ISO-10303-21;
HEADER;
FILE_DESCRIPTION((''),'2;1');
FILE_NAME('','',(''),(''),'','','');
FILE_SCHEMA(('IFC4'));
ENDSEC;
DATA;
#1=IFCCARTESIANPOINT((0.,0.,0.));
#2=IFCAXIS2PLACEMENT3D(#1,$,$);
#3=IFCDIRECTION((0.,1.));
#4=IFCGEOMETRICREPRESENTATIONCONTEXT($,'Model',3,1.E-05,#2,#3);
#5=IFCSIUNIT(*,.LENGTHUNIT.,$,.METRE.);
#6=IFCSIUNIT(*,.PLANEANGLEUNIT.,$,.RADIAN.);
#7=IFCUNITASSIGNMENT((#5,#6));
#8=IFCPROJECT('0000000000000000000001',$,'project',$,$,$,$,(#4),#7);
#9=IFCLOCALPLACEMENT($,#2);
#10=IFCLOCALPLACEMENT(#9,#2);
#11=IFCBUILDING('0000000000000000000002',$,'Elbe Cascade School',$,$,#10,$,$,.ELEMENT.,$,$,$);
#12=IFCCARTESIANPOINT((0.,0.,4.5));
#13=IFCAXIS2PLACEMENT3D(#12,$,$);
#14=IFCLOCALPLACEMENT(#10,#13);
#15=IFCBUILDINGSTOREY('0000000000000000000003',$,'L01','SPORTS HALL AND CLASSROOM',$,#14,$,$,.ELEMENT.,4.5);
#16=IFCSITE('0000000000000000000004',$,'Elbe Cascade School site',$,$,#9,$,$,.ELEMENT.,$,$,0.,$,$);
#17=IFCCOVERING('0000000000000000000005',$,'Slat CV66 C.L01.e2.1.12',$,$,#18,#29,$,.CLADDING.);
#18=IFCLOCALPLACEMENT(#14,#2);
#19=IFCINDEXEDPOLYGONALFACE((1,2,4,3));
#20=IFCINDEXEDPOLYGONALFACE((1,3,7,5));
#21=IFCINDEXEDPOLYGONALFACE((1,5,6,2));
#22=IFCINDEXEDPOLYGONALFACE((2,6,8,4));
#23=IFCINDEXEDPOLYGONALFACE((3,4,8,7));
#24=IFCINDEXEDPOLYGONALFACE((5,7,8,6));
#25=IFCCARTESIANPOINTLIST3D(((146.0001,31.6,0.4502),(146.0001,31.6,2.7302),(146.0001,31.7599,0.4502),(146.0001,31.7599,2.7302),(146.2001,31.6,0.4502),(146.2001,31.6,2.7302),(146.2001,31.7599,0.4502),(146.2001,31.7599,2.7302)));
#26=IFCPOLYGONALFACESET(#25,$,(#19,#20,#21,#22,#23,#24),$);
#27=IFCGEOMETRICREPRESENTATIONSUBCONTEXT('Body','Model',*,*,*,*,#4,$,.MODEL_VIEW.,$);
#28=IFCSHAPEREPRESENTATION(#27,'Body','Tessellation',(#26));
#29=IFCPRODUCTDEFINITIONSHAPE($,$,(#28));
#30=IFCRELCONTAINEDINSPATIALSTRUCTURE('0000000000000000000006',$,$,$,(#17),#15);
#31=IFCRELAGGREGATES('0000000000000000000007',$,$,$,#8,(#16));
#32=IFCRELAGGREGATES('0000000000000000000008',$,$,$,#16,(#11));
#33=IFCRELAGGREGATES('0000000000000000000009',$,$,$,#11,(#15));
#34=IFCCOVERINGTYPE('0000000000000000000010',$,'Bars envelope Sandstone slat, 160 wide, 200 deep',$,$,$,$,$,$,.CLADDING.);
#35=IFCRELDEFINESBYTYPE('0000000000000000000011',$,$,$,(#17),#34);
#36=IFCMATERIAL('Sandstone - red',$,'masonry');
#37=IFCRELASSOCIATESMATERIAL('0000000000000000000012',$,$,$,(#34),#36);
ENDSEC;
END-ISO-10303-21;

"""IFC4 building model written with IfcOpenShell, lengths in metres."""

from ifc_helpers import new_model, si_unit, direction, frame, origin, origin_2d, place, context, subcontext, project, spatial, rectangle, extrude, material, type_object, element, save


model = new_model("IFC4")

# Units and contexts
model_context = context("Model", 3, precision=1e-05, world=origin(), true_north=direction((0.0, 1.0)))
body_context = subcontext(model_context, "Body", "Model", "MODEL_VIEW")
ifc_project = project(units=[si_unit("LENGTHUNIT", "METRE"), si_unit("PLANEANGLEUNIT", "RADIAN")], contexts=[model_context])

# Site, building, storey
site_placement = place(None, origin())
site = spatial("IfcSite", under=ifc_project, at=site_placement, Name="Elbe Cascade School site", CompositionType="ELEMENT", RefElevation=0.0)
building_placement = place(site_placement, origin())
building = spatial("IfcBuilding", under=site, at=building_placement, Name="Elbe Cascade School", CompositionType="ELEMENT")
storey_placement = place(building_placement, frame((0.0, 0.0, 4.5)))
storey = spatial("IfcBuildingStorey", under=building, at=storey_placement, Name="L01", Description="SPORTS HALL AND CLASSROOM", CompositionType="ELEMENT", Elevation=4.5)

# Covering
ifc_material_1 = material(Name="Sandstone - red", Category="masonry")
covering_type_1 = type_object("IfcCoveringType", Name="Bars envelope Sandstone slat, 160 wide, 200 deep", PredefinedType="CLADDING", material=ifc_material_1)
for number, where, z_axis, x_axis, name in (
    (1, (146.1001, 31.6799, 0.4502), (0.0, 0.0, 1.0), (0.0, 1.0, 0.0), "Slat CV66 C.L01.e2.1.12"),
):
    element("IfcCovering", number, at=place(storey_placement, frame(where, z_axis=z_axis, x_axis=x_axis)), inside=storey, type_object=covering_type_1, Name=name, PredefinedType="CLADDING", context=body_context, shape_type="SweptSolid", body=[
        extrude(rectangle(XDim=0.1599, YDim=0.2, at=origin_2d()), origin(), (0.0, 0.0, 1.0), 2.28),
    ])

save(model, "model.ifc")
